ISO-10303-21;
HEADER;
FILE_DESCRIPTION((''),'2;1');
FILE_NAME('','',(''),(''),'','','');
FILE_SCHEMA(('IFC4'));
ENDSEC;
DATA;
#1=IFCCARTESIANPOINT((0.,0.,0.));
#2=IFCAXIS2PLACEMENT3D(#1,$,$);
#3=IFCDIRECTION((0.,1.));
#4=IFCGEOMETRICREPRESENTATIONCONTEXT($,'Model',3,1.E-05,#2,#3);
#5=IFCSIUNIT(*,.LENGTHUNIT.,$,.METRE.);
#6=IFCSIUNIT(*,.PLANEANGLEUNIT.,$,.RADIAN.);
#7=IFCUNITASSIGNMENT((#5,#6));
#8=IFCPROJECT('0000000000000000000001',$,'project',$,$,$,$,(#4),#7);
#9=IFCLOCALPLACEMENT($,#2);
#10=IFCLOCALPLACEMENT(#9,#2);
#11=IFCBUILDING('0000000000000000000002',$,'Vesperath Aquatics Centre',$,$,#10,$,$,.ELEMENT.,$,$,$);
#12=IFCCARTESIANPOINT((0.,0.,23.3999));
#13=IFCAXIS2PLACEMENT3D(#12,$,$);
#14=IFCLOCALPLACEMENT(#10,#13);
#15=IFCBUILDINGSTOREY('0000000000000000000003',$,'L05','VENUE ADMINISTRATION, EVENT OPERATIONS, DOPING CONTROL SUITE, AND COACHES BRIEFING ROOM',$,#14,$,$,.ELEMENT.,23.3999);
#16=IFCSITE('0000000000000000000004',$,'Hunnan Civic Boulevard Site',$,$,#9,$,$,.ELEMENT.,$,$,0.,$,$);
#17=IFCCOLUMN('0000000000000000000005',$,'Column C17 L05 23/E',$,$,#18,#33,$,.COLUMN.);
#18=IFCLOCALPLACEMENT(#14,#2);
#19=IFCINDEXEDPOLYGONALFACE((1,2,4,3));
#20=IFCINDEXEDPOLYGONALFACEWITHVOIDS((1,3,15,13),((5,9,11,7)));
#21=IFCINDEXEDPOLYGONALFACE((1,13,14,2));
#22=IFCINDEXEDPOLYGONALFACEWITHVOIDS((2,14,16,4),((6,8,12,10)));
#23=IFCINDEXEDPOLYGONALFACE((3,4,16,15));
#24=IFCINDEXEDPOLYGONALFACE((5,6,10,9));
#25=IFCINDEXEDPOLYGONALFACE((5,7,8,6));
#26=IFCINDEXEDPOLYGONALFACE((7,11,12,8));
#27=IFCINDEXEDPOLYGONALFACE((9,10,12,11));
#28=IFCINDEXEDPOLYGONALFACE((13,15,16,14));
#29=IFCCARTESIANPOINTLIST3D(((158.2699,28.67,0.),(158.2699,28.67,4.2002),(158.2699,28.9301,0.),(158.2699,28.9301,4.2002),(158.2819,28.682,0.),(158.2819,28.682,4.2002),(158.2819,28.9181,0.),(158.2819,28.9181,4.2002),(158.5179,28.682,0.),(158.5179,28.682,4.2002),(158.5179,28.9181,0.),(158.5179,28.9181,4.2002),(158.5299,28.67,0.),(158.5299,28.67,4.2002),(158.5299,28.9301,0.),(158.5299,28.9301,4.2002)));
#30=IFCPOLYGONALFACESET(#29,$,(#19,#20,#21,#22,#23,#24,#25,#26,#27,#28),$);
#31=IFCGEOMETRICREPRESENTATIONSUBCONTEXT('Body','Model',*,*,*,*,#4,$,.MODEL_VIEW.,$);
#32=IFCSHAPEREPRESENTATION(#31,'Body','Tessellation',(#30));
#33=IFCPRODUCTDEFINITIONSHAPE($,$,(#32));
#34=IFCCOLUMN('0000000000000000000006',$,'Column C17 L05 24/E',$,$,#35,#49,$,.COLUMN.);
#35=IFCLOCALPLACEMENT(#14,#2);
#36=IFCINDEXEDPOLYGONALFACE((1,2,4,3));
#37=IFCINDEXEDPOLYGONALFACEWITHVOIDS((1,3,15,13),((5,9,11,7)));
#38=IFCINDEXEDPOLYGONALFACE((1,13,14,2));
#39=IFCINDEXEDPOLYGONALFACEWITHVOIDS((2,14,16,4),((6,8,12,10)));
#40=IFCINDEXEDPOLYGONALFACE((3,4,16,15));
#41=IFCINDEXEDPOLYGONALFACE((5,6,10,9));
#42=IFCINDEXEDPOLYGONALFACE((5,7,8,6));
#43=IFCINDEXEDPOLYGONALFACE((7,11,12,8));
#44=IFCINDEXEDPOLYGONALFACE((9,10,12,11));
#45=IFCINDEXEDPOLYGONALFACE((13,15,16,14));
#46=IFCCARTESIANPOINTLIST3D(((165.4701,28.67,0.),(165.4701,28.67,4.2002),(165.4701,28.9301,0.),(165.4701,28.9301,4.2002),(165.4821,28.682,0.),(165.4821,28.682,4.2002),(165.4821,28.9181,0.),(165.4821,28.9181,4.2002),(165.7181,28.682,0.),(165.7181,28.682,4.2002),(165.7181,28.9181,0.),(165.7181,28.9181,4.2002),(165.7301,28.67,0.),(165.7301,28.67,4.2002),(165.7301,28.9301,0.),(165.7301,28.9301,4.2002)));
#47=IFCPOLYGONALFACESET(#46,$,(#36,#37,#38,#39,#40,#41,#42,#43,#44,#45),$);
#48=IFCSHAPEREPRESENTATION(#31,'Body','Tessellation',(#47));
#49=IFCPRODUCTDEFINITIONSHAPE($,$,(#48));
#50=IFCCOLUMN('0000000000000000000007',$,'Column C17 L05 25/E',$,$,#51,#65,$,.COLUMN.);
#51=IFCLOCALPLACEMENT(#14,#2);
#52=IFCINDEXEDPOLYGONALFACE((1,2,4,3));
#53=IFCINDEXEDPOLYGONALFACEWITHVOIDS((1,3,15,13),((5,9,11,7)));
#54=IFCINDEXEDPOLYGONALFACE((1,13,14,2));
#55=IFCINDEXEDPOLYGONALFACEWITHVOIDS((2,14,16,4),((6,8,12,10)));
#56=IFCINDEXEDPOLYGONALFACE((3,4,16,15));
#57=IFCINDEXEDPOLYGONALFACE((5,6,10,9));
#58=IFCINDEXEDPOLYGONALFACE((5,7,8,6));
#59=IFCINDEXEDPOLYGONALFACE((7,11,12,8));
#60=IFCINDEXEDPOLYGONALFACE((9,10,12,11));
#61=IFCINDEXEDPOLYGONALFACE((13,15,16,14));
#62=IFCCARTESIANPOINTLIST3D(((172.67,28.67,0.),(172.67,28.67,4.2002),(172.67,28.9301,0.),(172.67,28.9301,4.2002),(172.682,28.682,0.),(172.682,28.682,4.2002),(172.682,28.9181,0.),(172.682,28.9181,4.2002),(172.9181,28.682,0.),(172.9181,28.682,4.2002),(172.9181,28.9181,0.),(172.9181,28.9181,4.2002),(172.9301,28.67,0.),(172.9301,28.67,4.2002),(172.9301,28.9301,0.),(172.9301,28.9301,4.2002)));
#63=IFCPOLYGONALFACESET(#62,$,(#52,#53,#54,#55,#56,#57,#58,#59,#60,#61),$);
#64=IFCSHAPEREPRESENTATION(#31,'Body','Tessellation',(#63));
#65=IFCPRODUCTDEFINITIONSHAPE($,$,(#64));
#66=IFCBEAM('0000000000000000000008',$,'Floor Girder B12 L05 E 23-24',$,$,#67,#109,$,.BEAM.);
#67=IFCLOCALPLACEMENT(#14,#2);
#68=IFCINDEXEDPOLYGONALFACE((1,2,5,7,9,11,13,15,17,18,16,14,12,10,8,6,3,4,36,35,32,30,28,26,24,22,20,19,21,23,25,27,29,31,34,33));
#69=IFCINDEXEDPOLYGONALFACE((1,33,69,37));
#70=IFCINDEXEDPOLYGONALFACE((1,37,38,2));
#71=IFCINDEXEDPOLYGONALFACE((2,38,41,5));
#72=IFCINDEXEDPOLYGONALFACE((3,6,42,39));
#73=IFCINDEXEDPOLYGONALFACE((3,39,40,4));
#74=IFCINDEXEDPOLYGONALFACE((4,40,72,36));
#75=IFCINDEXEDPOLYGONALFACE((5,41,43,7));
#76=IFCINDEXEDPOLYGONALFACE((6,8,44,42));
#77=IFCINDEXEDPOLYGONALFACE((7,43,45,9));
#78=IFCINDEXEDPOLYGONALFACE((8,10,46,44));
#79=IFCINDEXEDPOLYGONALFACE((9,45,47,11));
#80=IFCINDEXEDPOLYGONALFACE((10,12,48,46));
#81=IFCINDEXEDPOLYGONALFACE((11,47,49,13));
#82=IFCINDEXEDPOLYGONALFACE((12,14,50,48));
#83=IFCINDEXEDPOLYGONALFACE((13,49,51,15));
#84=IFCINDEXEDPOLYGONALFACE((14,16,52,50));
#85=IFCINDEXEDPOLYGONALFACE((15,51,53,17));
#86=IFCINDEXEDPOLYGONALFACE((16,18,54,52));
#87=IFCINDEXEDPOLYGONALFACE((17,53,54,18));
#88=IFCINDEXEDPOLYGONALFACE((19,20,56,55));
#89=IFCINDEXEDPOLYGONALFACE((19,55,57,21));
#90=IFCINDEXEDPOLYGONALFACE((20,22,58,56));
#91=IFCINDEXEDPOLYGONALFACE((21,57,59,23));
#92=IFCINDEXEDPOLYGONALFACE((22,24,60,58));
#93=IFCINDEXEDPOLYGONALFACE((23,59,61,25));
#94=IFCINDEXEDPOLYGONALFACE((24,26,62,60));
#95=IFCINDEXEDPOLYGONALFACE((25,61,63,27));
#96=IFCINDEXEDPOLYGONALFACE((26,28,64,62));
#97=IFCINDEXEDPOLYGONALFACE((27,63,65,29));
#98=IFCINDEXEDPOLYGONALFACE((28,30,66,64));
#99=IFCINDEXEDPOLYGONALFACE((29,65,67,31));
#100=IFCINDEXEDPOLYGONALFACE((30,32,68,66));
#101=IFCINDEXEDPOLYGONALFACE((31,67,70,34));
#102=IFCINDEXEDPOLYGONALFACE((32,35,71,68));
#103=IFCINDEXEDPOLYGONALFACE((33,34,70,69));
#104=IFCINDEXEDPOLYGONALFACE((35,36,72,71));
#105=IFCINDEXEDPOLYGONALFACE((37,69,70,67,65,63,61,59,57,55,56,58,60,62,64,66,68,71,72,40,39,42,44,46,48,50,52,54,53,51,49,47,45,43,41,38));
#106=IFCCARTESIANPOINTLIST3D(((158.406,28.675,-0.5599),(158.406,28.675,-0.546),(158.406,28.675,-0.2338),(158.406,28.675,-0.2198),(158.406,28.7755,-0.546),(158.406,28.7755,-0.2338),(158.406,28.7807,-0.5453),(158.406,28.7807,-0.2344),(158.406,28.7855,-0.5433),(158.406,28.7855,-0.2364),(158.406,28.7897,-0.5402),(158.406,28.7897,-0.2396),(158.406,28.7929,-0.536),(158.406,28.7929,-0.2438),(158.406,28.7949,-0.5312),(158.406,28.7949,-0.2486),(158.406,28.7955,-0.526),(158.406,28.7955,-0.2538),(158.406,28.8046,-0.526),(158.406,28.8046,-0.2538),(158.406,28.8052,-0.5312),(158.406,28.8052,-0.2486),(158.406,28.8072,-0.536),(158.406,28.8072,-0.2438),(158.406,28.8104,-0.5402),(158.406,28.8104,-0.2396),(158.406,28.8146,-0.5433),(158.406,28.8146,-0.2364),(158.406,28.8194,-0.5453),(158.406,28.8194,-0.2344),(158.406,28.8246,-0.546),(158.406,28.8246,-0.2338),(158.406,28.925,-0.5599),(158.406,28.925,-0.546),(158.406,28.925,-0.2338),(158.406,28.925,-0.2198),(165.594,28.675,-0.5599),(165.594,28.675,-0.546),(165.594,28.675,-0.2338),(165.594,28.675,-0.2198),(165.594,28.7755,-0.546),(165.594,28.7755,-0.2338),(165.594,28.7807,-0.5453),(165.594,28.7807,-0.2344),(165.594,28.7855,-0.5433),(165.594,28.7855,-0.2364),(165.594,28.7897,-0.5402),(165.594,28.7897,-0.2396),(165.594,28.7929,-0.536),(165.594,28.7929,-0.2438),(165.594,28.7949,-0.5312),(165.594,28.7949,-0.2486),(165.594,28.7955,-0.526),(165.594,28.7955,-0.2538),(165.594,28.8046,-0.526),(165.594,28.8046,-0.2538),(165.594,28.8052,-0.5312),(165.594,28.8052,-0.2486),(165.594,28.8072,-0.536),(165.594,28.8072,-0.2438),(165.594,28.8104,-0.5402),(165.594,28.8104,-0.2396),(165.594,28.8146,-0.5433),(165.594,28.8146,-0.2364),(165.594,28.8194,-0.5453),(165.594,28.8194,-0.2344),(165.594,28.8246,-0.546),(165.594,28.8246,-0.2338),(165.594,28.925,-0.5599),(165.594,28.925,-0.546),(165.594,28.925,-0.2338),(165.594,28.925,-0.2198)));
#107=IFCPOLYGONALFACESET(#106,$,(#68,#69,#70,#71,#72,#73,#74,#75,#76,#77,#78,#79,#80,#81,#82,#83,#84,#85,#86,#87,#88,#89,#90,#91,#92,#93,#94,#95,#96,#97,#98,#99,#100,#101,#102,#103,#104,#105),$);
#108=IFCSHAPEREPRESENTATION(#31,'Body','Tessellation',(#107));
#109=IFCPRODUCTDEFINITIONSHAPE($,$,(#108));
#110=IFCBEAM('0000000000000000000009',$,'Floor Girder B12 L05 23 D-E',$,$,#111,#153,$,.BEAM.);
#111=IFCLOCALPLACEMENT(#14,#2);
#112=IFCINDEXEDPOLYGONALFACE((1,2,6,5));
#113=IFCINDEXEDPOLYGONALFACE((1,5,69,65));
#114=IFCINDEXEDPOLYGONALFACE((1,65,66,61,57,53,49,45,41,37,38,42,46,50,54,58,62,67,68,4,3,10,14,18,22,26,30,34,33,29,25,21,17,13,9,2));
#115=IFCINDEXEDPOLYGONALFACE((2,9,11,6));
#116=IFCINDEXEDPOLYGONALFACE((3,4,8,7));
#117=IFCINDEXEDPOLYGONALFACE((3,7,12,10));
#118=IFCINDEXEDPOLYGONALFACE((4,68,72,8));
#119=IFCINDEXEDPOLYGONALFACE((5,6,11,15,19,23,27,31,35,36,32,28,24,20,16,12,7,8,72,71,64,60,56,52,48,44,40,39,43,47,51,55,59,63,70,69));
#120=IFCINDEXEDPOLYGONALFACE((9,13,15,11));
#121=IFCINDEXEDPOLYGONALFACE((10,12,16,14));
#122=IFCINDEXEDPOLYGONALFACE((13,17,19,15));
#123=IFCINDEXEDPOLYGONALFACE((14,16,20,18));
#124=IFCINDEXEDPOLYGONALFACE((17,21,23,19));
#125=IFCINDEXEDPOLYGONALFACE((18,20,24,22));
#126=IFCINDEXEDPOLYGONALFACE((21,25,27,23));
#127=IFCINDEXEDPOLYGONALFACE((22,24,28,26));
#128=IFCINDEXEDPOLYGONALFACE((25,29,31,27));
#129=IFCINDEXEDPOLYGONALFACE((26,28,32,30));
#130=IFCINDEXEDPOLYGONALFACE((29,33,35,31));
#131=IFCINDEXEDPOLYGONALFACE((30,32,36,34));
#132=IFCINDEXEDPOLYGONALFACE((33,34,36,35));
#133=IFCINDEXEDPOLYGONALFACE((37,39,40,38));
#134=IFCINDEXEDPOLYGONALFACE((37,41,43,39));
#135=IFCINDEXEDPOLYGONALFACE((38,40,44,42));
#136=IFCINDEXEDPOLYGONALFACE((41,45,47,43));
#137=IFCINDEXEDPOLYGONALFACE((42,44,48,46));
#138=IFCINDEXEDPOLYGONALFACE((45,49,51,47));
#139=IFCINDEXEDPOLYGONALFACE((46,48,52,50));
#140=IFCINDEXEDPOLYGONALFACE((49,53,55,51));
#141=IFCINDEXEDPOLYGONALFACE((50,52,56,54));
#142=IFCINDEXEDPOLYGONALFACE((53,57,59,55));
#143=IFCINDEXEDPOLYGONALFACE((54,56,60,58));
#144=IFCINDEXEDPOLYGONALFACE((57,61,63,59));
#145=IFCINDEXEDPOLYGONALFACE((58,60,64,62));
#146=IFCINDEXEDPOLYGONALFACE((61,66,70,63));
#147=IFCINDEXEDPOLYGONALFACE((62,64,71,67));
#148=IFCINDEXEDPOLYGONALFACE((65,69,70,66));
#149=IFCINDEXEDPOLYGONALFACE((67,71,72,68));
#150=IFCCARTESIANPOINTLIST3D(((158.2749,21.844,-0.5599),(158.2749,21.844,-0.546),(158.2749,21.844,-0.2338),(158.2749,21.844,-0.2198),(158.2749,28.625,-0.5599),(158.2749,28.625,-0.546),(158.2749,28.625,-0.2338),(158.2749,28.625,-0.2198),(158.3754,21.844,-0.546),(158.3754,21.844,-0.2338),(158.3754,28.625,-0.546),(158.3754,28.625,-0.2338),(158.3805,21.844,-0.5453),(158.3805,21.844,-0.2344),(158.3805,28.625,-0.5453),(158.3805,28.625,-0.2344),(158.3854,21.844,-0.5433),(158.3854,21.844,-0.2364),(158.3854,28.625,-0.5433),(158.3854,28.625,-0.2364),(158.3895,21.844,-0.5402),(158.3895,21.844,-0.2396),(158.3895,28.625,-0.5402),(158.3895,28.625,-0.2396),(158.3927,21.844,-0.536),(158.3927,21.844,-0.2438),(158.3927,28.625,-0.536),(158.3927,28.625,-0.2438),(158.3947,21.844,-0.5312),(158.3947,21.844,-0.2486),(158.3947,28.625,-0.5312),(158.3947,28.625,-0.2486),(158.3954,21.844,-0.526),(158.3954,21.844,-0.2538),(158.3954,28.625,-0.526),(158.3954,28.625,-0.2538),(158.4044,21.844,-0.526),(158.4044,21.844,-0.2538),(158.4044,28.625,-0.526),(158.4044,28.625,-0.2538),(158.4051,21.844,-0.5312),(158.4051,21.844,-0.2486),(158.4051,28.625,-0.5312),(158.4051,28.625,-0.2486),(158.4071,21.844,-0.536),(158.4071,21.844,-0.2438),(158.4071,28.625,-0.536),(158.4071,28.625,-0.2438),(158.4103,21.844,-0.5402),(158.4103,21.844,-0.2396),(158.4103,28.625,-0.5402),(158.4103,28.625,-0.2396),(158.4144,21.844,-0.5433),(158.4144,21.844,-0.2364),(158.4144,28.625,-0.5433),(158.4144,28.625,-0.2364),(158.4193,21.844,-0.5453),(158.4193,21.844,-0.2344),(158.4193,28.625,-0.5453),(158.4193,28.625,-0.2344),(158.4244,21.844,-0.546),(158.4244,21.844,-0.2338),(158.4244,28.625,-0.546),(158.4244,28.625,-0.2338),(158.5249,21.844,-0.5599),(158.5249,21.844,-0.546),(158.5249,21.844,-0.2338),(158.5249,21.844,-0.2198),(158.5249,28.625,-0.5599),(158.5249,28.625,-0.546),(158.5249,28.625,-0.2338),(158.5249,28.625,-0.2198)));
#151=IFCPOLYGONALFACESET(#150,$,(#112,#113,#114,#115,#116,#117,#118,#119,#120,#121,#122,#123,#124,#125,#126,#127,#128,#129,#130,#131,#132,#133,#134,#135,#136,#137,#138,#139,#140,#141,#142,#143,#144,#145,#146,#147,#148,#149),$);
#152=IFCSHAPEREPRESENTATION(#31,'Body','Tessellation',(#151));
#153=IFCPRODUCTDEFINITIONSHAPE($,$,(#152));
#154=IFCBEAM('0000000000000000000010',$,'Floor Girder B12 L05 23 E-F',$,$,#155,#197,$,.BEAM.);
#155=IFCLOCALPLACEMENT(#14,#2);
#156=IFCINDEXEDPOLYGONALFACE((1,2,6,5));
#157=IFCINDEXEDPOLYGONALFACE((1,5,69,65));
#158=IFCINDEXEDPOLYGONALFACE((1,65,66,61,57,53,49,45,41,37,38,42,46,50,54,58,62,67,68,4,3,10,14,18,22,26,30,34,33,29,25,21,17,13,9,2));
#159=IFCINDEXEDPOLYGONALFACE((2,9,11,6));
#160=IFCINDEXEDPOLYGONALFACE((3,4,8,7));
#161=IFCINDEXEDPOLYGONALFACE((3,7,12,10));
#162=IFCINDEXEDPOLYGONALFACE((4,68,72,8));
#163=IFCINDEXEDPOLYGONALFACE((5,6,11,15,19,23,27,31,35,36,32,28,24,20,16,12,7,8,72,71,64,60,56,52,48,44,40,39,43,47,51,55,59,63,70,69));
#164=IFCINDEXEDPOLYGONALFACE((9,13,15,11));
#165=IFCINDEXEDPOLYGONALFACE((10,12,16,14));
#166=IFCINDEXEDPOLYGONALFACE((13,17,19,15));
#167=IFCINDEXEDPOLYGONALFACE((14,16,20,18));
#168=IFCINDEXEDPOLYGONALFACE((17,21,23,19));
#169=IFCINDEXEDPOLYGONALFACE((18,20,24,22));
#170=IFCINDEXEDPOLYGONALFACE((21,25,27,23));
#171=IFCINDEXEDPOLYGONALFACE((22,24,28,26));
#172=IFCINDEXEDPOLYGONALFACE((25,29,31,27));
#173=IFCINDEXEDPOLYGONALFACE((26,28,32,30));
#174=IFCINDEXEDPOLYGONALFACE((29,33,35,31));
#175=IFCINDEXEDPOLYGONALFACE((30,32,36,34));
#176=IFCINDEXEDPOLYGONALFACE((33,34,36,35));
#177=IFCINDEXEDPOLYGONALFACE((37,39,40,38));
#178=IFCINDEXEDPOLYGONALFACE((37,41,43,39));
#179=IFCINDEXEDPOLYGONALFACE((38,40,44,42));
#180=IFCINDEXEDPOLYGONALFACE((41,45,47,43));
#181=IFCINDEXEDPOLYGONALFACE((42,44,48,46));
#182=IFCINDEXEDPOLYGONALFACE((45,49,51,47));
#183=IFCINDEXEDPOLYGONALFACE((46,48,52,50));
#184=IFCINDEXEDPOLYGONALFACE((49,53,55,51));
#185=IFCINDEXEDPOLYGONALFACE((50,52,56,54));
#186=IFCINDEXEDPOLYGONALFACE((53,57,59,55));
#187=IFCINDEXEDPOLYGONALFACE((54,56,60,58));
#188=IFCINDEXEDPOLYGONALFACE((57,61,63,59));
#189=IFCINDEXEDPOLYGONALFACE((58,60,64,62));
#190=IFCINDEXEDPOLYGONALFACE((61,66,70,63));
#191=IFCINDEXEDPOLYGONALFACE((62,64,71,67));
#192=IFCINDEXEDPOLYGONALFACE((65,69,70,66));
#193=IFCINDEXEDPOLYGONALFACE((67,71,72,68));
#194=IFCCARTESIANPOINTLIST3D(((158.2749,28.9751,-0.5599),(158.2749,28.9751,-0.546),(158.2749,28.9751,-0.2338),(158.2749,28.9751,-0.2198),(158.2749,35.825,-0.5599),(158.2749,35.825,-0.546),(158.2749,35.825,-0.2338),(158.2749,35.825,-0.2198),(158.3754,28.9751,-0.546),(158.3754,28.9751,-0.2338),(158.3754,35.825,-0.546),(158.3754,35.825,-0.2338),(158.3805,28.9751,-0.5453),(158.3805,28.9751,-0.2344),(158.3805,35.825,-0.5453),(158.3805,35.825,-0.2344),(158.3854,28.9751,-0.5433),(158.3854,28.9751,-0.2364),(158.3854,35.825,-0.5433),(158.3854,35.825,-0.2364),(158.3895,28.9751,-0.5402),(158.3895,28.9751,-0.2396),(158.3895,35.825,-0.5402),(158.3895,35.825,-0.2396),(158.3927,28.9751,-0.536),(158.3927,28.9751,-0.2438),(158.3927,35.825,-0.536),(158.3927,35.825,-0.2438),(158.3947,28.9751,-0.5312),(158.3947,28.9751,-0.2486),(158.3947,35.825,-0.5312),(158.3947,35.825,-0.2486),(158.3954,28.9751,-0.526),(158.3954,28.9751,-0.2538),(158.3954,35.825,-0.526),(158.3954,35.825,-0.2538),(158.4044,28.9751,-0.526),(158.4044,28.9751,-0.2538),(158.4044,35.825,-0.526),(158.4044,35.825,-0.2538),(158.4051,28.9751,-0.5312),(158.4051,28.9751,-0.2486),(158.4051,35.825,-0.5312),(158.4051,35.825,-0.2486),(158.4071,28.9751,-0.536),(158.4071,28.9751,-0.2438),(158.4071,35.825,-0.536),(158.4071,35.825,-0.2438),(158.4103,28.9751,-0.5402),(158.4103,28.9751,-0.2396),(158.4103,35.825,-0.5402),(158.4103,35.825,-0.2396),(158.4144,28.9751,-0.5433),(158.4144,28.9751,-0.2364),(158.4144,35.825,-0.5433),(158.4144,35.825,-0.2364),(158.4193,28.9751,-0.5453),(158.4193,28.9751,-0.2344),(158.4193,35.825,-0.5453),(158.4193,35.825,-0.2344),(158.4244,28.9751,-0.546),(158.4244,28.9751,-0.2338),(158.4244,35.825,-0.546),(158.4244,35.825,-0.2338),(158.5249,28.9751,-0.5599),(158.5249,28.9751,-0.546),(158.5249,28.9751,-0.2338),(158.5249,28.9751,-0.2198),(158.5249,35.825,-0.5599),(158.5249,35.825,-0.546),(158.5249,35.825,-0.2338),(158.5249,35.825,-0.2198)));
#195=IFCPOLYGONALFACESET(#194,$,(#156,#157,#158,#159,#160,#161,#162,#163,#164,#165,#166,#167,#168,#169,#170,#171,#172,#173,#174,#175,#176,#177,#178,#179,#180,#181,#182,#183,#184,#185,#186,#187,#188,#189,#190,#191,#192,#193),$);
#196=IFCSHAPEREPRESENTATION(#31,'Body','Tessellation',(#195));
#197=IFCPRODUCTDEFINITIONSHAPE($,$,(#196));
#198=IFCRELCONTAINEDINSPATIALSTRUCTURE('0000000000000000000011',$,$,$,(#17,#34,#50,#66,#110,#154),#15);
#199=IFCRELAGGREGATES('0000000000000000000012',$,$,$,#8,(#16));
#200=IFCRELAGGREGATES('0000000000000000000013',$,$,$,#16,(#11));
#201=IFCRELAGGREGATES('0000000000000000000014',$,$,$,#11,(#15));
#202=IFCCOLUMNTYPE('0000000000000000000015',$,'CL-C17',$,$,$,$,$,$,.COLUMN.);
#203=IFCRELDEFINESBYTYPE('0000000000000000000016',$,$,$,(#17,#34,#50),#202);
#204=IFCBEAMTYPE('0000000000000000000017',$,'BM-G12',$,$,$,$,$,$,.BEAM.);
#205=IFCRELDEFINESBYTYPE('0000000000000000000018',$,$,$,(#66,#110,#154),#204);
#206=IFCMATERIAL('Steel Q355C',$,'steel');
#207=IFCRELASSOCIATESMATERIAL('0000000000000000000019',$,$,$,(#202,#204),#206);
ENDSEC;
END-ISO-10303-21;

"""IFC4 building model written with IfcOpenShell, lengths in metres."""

from ifc_helpers import new_model, si_unit, direction, frame, origin, origin_2d, place, context, subcontext, project, spatial, hollow_rectangle, i_section, extrude, material, material_profile, profile_set, type_object, element, save


model = new_model("IFC4")

# Units and contexts
model_context = context("Model", 3, precision=1e-05, world=origin(), true_north=direction((0.0, 1.0)))
body_context = subcontext(model_context, "Body", "Model", "MODEL_VIEW")
ifc_project = project(units=[si_unit("LENGTHUNIT", "METRE"), si_unit("PLANEANGLEUNIT", "RADIAN")], contexts=[model_context])

# Site, building, storey
site_placement = place(None, origin())
site = spatial("IfcSite", under=ifc_project, at=site_placement, Name="Hunnan Civic Boulevard Site", CompositionType="ELEMENT", RefElevation=0.0)
building_placement = place(site_placement, origin())
building = spatial("IfcBuilding", under=site, at=building_placement, Name="Vesperath Aquatics Centre", CompositionType="ELEMENT")
storey_placement = place(building_placement, frame((0.0, 0.0, 23.3999)))
storey = spatial("IfcBuildingStorey", under=building, at=storey_placement, Name="L05", Description="VENUE ADMINISTRATION, EVENT OPERATIONS, DOPING CONTROL SUITE, AND COACHES BRIEFING ROOM", CompositionType="ELEMENT", Elevation=23.3999)

# Columns
ifc_material_1 = material(Name="Steel Q355C", Category="steel")
ifc_material_profile_1 = material_profile(ifc_material_1, hollow_rectangle(XDim=0.26, YDim=0.26, WallThickness=0.012, at=origin_2d()), Name="SHS 260x260x12")
ifc_profile_set_1 = profile_set([ifc_material_profile_1], Name="Steel Q355C")
column_type = type_object("IfcColumnType", Name="CL-C17", PredefinedType="COLUMN", material=ifc_profile_set_1)
for number, where, z_axis, x_axis, name in (
    (1, (158.3999, 28.8, 0.0), (0.0, 0.0, 1.0), (1.0, 0.0, 0.0), "Column C17 L05 23/E"),
    (2, (165.6001, 28.8, 0.0), (0.0, 0.0, 1.0), (1.0, 0.0, 0.0), "Column C17 L05 24/E"),
    (3, (172.8, 28.8, 0.0), (0.0, 0.0, 1.0), (1.0, 0.0, 0.0), "Column C17 L05 25/E"),
):
    element("IfcColumn", number, at=place(storey_placement, frame(where, z_axis=z_axis, x_axis=x_axis)), inside=storey, type_object=column_type, Name=name, PredefinedType="COLUMN", context=body_context, shape_type="SweptSolid", body=[
        extrude(hollow_rectangle(XDim=0.26, YDim=0.26, WallThickness=0.012, at=origin_2d()), origin(), (0.0, 0.0, 1.0), 4.2002),
    ])

# Beams
ifc_material_profile_2 = material_profile(ifc_material_1, i_section(OverallWidth=0.25, OverallDepth=0.3401, WebThickness=0.009, FlangeThickness=0.0139, FilletRadius=0.02, at=origin_2d()), Name="HM 340x250x9x14")
ifc_profile_set_2 = profile_set([ifc_material_profile_2], Name="Steel Q355C")
beam_type_1 = type_object("IfcBeamType", Name="BM-G12", PredefinedType="BEAM", material=ifc_profile_set_2)
beam_1_placement = place(storey_placement, frame((158.406, 28.8, -0.3899), z_axis=(1.0, 0.0, 0.0), x_axis=(0.0, 1.0, 0.0)))
element("IfcBeam", 4, at=beam_1_placement, inside=storey, type_object=beam_type_1, Name="Floor Girder B12 L05 E 23-24", PredefinedType="BEAM", context=body_context, shape_type="SweptSolid", body=[
    extrude(i_section(OverallWidth=0.25, OverallDepth=0.3401, WebThickness=0.009, FlangeThickness=0.0139, FilletRadius=0.02, at=origin_2d()), origin(), (0.0, 0.0, 1.0), 7.188),
])
beam_2_placement = place(storey_placement, frame((158.3999, 21.844, -0.3899), z_axis=(0.0, 1.0, 0.0), x_axis=(-1.0, 0.0, 0.0)))
element("IfcBeam", 5, at=beam_2_placement, inside=storey, type_object=beam_type_1, Name="Floor Girder B12 L05 23 D-E", PredefinedType="BEAM", context=body_context, shape_type="SweptSolid", body=[
    extrude(i_section(OverallWidth=0.25, OverallDepth=0.3401, WebThickness=0.009, FlangeThickness=0.0139, FilletRadius=0.02, at=origin_2d()), origin(), (0.0, 0.0, 1.0), 6.781),
])
beam_3_placement = place(storey_placement, frame((158.3999, 28.9751, -0.3899), z_axis=(0.0, 1.0, 0.0), x_axis=(-1.0, 0.0, 0.0)))
element("IfcBeam", 6, at=beam_3_placement, inside=storey, type_object=beam_type_1, Name="Floor Girder B12 L05 23 E-F", PredefinedType="BEAM", context=body_context, shape_type="SweptSolid", body=[
    extrude(i_section(OverallWidth=0.25, OverallDepth=0.3401, WebThickness=0.009, FlangeThickness=0.0139, FilletRadius=0.02, at=origin_2d()), origin(), (0.0, 0.0, 1.0), 6.8499),
])

save(model, "model.ifc")
